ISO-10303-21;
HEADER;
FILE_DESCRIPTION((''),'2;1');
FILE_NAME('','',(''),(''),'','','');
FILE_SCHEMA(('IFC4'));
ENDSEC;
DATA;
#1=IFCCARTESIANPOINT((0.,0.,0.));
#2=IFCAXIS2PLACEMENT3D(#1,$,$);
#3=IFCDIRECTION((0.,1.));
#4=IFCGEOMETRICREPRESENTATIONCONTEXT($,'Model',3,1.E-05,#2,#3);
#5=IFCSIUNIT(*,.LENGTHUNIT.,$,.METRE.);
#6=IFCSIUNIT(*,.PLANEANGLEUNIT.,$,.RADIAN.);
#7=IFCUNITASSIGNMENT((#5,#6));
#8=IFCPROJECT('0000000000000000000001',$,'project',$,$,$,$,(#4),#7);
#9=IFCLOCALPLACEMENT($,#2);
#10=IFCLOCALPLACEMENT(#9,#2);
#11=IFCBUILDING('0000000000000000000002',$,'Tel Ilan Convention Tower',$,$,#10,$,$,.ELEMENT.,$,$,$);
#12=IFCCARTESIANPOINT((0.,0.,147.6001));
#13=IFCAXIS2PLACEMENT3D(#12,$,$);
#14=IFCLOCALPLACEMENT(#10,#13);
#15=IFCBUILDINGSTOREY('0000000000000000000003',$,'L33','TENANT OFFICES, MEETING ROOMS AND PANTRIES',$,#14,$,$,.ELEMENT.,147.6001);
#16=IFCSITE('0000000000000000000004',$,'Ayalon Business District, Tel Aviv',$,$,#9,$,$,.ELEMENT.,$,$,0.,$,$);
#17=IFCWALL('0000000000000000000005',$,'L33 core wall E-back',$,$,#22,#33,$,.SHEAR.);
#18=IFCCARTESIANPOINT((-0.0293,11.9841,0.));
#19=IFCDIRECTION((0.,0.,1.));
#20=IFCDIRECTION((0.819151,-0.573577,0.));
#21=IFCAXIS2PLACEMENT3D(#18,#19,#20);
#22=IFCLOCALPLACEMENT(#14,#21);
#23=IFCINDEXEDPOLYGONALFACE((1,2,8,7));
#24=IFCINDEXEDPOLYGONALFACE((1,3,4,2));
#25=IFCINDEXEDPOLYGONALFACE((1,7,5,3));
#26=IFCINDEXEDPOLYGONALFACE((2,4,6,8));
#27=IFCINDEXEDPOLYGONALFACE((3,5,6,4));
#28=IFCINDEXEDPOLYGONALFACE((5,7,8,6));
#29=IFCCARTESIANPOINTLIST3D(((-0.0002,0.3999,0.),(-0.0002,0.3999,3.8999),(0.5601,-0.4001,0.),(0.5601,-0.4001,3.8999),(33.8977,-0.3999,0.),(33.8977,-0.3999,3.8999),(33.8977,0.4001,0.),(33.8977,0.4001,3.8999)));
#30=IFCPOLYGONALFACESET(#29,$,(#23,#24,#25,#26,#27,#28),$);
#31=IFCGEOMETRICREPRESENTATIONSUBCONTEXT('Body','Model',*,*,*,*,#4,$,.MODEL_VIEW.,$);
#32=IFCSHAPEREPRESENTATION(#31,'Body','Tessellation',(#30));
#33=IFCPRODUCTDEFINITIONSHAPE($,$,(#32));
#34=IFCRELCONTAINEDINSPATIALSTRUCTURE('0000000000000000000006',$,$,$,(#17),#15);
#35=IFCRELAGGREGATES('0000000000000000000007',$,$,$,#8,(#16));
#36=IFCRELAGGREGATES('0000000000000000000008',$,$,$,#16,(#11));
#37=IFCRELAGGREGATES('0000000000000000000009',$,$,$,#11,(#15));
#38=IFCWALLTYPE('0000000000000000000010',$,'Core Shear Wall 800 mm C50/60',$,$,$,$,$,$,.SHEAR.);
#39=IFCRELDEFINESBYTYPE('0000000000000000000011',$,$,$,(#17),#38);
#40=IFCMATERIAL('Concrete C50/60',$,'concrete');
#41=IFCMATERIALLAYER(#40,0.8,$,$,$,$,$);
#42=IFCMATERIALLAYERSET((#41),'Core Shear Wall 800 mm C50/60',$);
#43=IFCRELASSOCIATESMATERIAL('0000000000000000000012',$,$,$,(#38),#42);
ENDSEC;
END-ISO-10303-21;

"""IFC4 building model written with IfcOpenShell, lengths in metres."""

from ifc_helpers import new_model, si_unit, direction, frame, origin, place, context, subcontext, project, spatial, polyline, outline, extrude, material, layer, layer_set, type_object, element, save


model = new_model("IFC4")

# Units and contexts
model_context = context("Model", 3, precision=1e-05, world=origin(), true_north=direction((0.0, 1.0)))
body_context = subcontext(model_context, "Body", "Model", "MODEL_VIEW")
ifc_project = project(units=[si_unit("LENGTHUNIT", "METRE"), si_unit("PLANEANGLEUNIT", "RADIAN")], contexts=[model_context])

# Site, building, storey
site_placement = place(None, origin())
site = spatial("IfcSite", under=ifc_project, at=site_placement, Name="Ayalon Business District, Tel Aviv", CompositionType="ELEMENT", RefElevation=0.0)
building_placement = place(site_placement, origin())
building = spatial("IfcBuilding", under=site, at=building_placement, Name="Tel Ilan Convention Tower", CompositionType="ELEMENT")
storey_placement = place(building_placement, frame((0.0, 0.0, 147.6001)))
storey = spatial("IfcBuildingStorey", under=building, at=storey_placement, Name="L33", Description="TENANT OFFICES, MEETING ROOMS AND PANTRIES", CompositionType="ELEMENT", Elevation=147.6001)

# Wall
ifc_material_1 = material(Name="Concrete C50/60", Category="concrete")
ifc_layer_1 = layer(ifc_material_1, 0.8)
ifc_layer_set_1 = layer_set([ifc_layer_1], Name="Core Shear Wall 800 mm C50/60")
wall_type_1 = type_object("IfcWallType", Name="Core Shear Wall 800 mm C50/60", PredefinedType="SHEAR", material=ifc_layer_set_1)
wall_1_placement = place(storey_placement, frame((-0.0293, 11.9841, 0.0), z_axis=(0.0, 0.0, 1.0), x_axis=(0.819151, -0.573577, 0.0)))
element("IfcWall", 1, at=wall_1_placement, inside=storey, type_object=wall_type_1, Name="L33 core wall E-back", PredefinedType="SHEAR", context=body_context, shape_type="SweptSolid", body=[
    extrude(outline(polyline([(33.8977, 0.4001), (-0.0002, 0.3999), (0.5601, -0.4001), (33.8977, -0.3999), (33.8977, 0.4001)])), origin(), (0.0, 0.0, 1.0), 3.8999),
])

save(model, "model.ifc")
